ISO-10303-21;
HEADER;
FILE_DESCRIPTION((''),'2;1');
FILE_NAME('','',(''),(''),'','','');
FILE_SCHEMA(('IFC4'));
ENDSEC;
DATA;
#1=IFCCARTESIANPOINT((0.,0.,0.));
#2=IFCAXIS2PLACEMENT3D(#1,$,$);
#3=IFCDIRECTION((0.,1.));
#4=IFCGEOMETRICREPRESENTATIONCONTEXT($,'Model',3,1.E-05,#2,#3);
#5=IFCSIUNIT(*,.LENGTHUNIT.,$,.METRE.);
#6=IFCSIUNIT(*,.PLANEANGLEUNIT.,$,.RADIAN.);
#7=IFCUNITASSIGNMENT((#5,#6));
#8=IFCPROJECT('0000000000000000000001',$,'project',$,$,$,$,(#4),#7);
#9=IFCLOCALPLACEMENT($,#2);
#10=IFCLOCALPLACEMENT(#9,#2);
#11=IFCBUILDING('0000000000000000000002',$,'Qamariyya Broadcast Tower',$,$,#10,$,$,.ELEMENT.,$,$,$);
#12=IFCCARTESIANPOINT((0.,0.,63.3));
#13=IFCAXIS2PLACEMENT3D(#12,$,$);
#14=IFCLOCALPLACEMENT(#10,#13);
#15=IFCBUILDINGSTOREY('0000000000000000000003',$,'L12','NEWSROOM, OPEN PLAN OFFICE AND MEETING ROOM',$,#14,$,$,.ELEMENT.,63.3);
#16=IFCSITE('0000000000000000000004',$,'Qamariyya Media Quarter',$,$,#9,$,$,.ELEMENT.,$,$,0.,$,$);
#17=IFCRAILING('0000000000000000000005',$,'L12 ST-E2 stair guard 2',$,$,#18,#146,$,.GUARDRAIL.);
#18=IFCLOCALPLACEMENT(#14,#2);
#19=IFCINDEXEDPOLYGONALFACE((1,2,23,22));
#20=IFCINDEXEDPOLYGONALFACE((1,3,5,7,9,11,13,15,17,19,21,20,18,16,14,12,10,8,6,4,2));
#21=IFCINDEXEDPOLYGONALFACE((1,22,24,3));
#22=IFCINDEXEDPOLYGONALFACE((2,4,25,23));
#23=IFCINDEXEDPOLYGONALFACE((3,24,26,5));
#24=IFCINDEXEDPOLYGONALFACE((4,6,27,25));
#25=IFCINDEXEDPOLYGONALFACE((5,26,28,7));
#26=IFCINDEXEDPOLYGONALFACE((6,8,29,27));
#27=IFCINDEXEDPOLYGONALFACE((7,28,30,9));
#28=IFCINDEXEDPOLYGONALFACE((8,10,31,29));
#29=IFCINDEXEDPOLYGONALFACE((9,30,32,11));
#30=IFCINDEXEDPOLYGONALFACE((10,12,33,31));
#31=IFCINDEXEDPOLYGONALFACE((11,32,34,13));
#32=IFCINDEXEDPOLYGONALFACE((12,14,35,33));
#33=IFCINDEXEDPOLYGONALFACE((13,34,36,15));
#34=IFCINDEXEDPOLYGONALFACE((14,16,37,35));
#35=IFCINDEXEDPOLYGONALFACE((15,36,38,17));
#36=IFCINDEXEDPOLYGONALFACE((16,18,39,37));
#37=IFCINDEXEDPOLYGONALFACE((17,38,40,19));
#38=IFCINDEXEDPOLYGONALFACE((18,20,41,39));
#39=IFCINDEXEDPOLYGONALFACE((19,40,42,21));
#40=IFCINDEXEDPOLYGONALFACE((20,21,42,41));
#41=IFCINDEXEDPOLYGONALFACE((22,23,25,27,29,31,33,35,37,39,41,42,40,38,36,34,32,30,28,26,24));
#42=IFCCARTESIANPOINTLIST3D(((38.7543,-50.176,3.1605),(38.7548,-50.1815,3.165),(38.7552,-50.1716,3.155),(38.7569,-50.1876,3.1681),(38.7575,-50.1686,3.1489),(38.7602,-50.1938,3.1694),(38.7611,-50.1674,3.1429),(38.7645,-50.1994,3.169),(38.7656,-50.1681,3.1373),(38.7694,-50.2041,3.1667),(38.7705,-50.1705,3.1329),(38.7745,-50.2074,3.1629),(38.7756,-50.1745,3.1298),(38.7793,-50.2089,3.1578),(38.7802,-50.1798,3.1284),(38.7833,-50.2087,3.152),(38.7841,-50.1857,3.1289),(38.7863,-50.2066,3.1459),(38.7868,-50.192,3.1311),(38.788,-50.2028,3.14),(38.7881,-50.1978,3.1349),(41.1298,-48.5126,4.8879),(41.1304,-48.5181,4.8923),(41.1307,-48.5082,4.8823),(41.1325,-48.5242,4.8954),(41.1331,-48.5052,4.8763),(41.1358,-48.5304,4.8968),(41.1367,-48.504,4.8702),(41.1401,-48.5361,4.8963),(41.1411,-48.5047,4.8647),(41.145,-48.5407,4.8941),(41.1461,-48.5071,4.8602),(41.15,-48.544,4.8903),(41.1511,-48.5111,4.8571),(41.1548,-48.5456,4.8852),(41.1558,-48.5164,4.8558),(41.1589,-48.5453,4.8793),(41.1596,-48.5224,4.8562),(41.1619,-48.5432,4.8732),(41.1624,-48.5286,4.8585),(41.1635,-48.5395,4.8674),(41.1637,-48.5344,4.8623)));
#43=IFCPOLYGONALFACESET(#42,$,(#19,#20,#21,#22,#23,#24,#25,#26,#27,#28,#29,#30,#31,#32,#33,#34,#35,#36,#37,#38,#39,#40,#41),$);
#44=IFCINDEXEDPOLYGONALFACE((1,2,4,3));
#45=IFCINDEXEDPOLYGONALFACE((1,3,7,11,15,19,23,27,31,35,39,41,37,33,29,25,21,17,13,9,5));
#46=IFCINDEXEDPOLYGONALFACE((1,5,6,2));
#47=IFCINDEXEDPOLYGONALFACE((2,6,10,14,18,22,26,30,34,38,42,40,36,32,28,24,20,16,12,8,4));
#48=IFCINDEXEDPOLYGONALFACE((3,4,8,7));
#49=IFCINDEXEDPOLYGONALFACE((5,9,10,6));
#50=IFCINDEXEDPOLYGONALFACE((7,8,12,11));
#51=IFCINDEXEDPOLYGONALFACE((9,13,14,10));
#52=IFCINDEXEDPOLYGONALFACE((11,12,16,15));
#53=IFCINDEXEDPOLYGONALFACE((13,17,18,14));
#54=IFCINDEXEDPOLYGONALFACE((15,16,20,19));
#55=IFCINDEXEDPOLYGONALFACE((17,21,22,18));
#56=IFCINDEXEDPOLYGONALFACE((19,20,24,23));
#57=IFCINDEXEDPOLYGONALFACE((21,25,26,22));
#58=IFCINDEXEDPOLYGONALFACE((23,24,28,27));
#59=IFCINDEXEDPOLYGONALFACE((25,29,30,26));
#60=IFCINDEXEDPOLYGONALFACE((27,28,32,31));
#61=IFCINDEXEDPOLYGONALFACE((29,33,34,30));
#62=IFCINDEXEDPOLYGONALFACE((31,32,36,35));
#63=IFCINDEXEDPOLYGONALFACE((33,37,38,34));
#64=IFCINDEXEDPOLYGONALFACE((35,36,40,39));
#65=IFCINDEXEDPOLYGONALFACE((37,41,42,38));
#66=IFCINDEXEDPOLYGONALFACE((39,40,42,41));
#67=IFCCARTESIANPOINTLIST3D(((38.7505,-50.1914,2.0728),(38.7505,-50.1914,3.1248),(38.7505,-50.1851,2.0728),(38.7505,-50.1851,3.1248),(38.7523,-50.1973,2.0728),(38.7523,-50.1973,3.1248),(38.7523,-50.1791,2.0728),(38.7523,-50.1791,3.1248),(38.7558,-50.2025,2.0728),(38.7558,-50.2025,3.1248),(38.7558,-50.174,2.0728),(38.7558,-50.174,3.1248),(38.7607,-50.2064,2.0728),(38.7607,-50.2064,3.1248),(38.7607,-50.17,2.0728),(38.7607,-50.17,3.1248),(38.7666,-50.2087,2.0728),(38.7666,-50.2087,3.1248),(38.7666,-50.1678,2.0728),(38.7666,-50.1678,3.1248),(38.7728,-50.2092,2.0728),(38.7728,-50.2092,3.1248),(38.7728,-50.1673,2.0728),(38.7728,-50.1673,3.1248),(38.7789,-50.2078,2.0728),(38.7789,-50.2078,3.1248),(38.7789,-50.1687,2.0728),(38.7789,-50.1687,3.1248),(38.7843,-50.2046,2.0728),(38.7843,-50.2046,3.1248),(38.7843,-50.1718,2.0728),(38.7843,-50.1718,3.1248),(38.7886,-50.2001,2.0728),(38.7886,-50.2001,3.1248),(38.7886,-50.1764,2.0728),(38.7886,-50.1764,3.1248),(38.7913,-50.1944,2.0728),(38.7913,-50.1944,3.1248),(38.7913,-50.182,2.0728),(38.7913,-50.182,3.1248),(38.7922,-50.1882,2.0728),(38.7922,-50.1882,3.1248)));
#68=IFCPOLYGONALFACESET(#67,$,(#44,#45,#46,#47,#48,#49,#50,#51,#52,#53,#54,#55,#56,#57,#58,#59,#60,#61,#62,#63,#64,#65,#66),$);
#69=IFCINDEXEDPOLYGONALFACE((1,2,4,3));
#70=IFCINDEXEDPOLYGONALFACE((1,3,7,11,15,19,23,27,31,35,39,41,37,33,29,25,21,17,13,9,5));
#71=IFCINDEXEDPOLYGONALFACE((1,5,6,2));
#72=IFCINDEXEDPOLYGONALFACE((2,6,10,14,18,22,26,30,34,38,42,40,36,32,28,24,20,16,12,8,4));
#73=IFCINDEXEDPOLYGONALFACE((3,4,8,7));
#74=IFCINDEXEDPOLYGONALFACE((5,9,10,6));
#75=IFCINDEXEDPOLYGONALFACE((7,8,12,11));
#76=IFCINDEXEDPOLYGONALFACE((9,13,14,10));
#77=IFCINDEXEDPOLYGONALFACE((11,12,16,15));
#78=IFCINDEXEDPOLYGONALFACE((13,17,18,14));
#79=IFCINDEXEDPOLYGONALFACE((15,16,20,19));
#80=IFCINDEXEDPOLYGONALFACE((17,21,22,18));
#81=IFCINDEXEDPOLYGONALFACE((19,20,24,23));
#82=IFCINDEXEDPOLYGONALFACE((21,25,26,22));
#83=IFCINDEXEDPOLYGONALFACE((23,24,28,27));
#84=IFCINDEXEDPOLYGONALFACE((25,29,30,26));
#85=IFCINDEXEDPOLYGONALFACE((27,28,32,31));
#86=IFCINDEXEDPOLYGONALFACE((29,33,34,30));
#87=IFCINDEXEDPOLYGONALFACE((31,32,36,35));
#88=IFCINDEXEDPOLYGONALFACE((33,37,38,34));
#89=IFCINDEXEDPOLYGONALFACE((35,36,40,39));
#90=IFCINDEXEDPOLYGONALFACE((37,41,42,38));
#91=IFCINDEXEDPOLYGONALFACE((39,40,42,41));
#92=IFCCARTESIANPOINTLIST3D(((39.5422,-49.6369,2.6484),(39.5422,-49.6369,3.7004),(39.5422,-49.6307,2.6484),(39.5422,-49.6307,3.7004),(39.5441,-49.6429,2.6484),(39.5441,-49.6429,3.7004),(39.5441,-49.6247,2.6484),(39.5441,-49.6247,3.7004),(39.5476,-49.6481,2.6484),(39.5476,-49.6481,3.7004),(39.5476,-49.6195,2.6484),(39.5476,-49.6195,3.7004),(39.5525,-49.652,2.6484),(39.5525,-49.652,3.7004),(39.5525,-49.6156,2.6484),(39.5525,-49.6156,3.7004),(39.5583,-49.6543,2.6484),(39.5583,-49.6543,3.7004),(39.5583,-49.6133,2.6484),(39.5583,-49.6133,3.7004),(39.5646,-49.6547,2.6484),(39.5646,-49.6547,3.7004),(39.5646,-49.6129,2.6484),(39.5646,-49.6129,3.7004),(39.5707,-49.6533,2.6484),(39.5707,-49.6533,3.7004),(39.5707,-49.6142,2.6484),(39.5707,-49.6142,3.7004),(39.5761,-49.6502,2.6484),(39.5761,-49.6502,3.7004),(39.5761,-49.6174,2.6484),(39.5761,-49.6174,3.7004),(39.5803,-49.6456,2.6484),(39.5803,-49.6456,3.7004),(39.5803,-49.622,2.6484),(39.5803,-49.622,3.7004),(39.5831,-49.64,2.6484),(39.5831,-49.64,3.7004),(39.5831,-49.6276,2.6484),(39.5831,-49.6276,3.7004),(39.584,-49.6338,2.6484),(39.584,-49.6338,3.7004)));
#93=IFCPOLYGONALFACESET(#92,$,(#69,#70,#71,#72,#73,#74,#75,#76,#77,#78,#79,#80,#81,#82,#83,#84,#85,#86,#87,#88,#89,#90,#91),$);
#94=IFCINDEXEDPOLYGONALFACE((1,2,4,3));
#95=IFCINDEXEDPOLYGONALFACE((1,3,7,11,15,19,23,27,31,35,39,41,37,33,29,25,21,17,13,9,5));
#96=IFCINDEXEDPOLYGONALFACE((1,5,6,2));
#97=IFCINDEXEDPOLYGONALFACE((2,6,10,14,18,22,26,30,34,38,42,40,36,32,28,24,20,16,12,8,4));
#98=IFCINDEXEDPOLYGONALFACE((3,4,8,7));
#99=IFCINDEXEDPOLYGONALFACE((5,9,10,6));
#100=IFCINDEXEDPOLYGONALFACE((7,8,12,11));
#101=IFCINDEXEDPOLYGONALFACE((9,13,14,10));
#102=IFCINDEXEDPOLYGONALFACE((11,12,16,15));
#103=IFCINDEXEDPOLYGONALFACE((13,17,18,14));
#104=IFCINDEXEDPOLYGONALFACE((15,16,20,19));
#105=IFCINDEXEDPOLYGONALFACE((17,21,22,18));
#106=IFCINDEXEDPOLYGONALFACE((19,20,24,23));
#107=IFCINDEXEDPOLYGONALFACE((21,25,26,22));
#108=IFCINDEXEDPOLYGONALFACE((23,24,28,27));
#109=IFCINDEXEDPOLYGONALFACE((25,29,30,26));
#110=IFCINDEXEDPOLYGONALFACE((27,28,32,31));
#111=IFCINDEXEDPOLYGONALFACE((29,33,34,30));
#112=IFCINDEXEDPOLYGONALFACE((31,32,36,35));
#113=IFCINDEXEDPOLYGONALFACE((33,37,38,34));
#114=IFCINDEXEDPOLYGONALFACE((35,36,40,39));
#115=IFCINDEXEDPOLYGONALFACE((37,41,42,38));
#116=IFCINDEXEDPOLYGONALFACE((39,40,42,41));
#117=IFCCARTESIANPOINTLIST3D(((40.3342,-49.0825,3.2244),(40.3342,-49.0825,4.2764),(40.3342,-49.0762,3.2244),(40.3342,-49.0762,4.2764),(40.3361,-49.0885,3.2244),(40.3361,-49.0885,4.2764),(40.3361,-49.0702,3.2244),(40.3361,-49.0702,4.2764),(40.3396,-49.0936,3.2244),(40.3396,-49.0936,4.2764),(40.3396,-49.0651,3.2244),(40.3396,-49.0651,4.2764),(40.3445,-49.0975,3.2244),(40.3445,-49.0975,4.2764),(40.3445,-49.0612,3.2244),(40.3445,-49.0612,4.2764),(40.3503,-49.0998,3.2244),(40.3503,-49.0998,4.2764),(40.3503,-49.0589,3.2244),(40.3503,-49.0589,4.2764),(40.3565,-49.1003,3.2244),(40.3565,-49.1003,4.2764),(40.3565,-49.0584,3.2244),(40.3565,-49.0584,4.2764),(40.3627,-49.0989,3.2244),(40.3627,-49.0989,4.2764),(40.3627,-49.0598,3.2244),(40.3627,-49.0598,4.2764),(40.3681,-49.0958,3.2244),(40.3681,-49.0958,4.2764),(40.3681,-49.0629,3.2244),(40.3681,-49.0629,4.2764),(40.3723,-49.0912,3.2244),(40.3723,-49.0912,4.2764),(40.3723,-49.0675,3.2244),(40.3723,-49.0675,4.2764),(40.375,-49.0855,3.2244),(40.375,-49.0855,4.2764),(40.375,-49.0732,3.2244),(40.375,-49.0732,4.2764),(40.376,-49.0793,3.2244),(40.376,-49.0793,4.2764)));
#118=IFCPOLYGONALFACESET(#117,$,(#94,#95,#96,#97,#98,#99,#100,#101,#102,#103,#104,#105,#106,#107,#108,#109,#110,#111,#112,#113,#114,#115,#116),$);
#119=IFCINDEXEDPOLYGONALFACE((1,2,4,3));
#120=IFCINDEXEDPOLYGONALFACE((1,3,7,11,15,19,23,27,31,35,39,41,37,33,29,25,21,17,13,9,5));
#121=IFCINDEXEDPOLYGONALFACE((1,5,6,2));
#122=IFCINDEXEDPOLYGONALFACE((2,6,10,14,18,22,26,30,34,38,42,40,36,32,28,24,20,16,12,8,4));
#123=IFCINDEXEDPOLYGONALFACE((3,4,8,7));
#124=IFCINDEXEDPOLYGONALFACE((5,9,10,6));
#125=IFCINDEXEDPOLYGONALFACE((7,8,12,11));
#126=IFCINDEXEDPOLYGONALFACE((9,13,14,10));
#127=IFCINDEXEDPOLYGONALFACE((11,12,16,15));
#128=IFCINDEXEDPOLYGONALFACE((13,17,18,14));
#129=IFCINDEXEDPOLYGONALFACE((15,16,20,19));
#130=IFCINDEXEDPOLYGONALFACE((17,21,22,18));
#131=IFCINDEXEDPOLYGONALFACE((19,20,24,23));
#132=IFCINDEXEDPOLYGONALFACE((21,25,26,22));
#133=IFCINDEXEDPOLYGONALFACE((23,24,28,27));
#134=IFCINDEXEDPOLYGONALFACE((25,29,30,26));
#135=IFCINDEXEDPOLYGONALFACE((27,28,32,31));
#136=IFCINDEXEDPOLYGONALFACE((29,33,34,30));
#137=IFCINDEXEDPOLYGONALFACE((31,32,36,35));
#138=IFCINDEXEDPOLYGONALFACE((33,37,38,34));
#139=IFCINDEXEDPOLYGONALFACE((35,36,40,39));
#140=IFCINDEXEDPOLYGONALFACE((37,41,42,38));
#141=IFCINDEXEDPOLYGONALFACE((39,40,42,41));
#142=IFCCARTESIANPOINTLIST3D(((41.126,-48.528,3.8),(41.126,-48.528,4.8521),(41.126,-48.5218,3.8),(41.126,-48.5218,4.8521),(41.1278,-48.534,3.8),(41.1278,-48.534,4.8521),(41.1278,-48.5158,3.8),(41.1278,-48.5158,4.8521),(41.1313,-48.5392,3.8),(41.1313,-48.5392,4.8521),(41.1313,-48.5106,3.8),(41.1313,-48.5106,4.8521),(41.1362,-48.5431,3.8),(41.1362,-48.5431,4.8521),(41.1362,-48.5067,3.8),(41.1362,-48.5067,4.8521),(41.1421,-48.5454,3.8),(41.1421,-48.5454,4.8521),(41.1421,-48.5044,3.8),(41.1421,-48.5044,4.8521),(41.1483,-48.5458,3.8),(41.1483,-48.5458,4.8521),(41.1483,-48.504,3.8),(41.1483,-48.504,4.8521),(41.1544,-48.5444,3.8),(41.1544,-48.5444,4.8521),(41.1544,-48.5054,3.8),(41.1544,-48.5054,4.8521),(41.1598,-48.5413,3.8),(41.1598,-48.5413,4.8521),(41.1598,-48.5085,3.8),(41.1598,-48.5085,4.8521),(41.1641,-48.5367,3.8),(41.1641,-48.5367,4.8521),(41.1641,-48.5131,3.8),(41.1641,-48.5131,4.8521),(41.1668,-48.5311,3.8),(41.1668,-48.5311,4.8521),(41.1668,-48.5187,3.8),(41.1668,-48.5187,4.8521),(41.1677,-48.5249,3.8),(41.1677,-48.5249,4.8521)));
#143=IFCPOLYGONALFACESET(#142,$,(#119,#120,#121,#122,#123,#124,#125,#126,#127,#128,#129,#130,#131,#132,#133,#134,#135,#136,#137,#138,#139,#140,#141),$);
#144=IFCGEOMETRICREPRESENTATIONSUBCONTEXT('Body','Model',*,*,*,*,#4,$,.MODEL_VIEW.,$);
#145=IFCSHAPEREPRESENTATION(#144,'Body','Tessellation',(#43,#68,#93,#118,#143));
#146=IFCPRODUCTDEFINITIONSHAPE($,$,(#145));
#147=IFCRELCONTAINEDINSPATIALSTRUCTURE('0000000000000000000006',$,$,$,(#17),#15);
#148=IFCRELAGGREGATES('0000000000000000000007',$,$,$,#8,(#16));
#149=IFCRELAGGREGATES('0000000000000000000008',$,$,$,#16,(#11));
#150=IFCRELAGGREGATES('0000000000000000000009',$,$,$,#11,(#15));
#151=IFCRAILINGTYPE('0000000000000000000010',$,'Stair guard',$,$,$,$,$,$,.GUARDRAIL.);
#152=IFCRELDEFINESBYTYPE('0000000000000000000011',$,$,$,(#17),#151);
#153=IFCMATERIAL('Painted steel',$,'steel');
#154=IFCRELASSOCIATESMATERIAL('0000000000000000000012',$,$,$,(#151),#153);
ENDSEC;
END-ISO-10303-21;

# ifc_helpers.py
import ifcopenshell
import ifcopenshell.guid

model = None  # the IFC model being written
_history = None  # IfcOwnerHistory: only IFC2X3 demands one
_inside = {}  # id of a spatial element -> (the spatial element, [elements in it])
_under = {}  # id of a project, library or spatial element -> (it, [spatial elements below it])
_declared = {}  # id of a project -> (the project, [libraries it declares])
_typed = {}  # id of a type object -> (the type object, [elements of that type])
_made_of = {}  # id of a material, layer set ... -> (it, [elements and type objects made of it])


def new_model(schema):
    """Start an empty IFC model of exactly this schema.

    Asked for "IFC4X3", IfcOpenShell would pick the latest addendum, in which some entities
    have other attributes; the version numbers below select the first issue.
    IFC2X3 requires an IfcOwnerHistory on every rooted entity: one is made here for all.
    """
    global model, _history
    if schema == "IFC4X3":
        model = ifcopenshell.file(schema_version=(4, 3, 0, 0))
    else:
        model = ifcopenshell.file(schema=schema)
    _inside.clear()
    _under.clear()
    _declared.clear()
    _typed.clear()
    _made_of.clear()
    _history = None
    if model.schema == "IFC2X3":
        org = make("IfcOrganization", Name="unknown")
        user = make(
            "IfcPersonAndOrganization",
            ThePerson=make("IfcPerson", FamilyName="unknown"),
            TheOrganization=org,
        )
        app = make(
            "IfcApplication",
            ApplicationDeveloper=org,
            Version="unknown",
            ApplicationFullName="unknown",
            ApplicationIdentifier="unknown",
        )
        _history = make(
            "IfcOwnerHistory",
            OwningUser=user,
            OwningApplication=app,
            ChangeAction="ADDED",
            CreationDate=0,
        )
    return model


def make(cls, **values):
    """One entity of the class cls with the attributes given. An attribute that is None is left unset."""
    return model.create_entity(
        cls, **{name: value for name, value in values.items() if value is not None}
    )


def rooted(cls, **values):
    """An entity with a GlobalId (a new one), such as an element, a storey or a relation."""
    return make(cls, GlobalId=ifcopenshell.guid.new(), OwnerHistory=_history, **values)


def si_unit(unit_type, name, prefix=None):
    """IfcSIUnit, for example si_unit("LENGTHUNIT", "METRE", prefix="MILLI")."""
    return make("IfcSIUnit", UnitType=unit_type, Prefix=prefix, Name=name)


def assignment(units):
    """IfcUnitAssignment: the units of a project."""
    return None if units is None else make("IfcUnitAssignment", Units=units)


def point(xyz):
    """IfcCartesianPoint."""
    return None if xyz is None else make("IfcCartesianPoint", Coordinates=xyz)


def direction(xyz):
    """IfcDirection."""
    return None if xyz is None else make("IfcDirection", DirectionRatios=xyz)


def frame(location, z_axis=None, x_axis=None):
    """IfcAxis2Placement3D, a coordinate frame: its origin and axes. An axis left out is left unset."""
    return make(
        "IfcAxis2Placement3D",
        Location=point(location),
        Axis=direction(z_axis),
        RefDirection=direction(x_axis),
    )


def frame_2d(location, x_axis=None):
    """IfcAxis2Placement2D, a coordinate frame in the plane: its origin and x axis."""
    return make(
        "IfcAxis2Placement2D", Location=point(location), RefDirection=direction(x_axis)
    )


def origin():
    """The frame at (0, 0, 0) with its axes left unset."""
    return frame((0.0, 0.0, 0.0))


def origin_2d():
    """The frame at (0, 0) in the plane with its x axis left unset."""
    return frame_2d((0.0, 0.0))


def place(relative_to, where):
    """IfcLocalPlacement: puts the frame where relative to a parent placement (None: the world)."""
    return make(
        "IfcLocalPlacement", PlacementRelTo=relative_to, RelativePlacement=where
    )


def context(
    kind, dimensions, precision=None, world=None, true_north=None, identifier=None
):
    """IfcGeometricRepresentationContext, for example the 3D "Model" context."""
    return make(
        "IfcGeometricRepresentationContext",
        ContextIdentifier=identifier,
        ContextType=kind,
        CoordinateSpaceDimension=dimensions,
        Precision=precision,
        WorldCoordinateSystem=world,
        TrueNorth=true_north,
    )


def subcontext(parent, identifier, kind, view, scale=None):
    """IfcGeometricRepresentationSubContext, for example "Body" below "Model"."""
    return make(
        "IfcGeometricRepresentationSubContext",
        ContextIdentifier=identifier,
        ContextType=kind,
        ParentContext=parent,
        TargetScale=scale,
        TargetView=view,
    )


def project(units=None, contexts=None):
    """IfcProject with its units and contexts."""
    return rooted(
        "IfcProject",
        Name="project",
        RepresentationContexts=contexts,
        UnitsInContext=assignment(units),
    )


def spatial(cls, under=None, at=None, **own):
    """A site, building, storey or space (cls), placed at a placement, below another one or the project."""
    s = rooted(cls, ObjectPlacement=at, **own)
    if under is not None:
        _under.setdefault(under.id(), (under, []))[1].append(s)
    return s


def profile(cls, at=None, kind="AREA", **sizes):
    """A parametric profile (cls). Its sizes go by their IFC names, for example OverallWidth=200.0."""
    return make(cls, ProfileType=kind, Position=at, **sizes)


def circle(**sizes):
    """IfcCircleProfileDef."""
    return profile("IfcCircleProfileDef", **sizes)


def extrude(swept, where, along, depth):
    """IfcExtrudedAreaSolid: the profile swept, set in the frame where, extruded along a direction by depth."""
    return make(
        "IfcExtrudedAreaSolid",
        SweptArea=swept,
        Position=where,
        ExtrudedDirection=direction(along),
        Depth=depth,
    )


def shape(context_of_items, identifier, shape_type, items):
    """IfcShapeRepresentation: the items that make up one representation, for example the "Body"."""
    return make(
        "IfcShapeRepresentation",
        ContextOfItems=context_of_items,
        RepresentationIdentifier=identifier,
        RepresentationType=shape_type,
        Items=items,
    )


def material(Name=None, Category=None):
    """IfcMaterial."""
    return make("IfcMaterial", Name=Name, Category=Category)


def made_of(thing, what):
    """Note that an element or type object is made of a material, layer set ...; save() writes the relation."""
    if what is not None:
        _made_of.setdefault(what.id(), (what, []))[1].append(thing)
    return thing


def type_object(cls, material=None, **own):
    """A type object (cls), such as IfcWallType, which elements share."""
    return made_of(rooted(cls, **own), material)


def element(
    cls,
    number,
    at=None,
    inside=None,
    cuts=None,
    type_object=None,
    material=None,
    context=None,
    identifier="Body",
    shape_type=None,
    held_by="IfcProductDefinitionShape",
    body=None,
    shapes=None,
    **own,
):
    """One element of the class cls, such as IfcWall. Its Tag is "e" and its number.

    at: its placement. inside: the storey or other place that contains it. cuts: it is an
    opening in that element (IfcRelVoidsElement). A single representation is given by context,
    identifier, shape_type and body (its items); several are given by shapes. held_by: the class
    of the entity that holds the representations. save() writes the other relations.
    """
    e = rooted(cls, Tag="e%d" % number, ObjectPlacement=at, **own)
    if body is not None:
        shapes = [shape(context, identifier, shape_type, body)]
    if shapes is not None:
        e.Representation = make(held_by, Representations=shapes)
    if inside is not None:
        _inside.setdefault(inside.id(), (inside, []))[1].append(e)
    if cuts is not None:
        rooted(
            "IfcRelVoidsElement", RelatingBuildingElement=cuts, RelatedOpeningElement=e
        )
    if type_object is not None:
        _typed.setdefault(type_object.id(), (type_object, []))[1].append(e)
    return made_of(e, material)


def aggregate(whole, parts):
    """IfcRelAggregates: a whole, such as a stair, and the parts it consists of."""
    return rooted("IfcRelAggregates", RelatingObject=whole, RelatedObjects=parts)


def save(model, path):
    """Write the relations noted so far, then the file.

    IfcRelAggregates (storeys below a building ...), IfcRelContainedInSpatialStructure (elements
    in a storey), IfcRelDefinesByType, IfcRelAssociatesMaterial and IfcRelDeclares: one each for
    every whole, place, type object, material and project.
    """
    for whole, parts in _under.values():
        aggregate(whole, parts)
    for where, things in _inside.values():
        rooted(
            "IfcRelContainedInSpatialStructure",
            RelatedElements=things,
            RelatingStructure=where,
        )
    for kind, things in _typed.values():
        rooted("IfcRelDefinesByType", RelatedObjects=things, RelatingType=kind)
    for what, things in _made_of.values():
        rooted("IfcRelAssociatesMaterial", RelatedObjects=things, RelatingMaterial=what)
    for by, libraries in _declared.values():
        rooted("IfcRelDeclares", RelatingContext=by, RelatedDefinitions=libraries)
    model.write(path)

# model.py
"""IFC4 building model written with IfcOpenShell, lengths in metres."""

from ifc_helpers import new_model, si_unit, direction, frame, origin, origin_2d, place, context, subcontext, project, spatial, circle, extrude, material, type_object, element, save


model = new_model("IFC4")

# Units and contexts
model_context = context("Model", 3, precision=1e-05, world=origin(), true_north=direction((0.0, 1.0)))
body_context = subcontext(model_context, "Body", "Model", "MODEL_VIEW")
ifc_project = project(units=[si_unit("LENGTHUNIT", "METRE"), si_unit("PLANEANGLEUNIT", "RADIAN")], contexts=[model_context])

# Site, building, storey
site_placement = place(None, origin())
site = spatial("IfcSite", under=ifc_project, at=site_placement, Name="Qamariyya Media Quarter", CompositionType="ELEMENT", RefElevation=0.0)
building_placement = place(site_placement, origin())
building = spatial("IfcBuilding", under=site, at=building_placement, Name="Qamariyya Broadcast Tower", CompositionType="ELEMENT")
storey_placement = place(building_placement, frame((0.0, 0.0, 63.3)))
storey = spatial("IfcBuildingStorey", under=building, at=storey_placement, Name="L12", Description="NEWSROOM, OPEN PLAN OFFICE AND MEETING ROOM", CompositionType="ELEMENT", Elevation=63.3)

# Railing
ifc_material_1 = material(Name="Painted steel", Category="steel")
railing_type_1 = type_object("IfcRailingType", Name="Stair guard", PredefinedType="GUARDRAIL", material=ifc_material_1)
railing_1_placement = place(storey_placement, frame((38.7712, -50.1882, 2.0728)))
element("IfcRailing", 1, at=railing_1_placement, inside=storey, type_object=railing_type_1, Name="L12 ST-E2 stair guard 2", PredefinedType="GUARDRAIL", context=body_context, shape_type="SweptSolid", body=[
    extrude(circle(Radius=0.0239, at=origin_2d()), frame((0.0, 0.0, 1.0762), z_axis=(0.70377, 0.492784, 0.511734), x_axis=(-0.573575, 0.819153, 0.0)), (0.0, 0.0, 1.0), 3.3755),
    extrude(circle(Radius=0.021, at=origin_2d()), origin(), (0.0, 0.0, 1.0), 1.052),
    extrude(circle(Radius=0.021, at=origin_2d()), frame((0.7917, 0.5544, 0.5757)), (0.0, 0.0, 1.0), 1.052),
    extrude(circle(Radius=0.021, at=origin_2d()), frame((1.5837, 1.1089, 1.1516)), (0.0, 0.0, 1.0), 1.052),
    extrude(circle(Radius=0.021, at=origin_2d()), frame((2.3755, 1.6633, 1.7273)), (0.0, 0.0, 1.0), 1.052),
])

save(model, "model.ifc")
